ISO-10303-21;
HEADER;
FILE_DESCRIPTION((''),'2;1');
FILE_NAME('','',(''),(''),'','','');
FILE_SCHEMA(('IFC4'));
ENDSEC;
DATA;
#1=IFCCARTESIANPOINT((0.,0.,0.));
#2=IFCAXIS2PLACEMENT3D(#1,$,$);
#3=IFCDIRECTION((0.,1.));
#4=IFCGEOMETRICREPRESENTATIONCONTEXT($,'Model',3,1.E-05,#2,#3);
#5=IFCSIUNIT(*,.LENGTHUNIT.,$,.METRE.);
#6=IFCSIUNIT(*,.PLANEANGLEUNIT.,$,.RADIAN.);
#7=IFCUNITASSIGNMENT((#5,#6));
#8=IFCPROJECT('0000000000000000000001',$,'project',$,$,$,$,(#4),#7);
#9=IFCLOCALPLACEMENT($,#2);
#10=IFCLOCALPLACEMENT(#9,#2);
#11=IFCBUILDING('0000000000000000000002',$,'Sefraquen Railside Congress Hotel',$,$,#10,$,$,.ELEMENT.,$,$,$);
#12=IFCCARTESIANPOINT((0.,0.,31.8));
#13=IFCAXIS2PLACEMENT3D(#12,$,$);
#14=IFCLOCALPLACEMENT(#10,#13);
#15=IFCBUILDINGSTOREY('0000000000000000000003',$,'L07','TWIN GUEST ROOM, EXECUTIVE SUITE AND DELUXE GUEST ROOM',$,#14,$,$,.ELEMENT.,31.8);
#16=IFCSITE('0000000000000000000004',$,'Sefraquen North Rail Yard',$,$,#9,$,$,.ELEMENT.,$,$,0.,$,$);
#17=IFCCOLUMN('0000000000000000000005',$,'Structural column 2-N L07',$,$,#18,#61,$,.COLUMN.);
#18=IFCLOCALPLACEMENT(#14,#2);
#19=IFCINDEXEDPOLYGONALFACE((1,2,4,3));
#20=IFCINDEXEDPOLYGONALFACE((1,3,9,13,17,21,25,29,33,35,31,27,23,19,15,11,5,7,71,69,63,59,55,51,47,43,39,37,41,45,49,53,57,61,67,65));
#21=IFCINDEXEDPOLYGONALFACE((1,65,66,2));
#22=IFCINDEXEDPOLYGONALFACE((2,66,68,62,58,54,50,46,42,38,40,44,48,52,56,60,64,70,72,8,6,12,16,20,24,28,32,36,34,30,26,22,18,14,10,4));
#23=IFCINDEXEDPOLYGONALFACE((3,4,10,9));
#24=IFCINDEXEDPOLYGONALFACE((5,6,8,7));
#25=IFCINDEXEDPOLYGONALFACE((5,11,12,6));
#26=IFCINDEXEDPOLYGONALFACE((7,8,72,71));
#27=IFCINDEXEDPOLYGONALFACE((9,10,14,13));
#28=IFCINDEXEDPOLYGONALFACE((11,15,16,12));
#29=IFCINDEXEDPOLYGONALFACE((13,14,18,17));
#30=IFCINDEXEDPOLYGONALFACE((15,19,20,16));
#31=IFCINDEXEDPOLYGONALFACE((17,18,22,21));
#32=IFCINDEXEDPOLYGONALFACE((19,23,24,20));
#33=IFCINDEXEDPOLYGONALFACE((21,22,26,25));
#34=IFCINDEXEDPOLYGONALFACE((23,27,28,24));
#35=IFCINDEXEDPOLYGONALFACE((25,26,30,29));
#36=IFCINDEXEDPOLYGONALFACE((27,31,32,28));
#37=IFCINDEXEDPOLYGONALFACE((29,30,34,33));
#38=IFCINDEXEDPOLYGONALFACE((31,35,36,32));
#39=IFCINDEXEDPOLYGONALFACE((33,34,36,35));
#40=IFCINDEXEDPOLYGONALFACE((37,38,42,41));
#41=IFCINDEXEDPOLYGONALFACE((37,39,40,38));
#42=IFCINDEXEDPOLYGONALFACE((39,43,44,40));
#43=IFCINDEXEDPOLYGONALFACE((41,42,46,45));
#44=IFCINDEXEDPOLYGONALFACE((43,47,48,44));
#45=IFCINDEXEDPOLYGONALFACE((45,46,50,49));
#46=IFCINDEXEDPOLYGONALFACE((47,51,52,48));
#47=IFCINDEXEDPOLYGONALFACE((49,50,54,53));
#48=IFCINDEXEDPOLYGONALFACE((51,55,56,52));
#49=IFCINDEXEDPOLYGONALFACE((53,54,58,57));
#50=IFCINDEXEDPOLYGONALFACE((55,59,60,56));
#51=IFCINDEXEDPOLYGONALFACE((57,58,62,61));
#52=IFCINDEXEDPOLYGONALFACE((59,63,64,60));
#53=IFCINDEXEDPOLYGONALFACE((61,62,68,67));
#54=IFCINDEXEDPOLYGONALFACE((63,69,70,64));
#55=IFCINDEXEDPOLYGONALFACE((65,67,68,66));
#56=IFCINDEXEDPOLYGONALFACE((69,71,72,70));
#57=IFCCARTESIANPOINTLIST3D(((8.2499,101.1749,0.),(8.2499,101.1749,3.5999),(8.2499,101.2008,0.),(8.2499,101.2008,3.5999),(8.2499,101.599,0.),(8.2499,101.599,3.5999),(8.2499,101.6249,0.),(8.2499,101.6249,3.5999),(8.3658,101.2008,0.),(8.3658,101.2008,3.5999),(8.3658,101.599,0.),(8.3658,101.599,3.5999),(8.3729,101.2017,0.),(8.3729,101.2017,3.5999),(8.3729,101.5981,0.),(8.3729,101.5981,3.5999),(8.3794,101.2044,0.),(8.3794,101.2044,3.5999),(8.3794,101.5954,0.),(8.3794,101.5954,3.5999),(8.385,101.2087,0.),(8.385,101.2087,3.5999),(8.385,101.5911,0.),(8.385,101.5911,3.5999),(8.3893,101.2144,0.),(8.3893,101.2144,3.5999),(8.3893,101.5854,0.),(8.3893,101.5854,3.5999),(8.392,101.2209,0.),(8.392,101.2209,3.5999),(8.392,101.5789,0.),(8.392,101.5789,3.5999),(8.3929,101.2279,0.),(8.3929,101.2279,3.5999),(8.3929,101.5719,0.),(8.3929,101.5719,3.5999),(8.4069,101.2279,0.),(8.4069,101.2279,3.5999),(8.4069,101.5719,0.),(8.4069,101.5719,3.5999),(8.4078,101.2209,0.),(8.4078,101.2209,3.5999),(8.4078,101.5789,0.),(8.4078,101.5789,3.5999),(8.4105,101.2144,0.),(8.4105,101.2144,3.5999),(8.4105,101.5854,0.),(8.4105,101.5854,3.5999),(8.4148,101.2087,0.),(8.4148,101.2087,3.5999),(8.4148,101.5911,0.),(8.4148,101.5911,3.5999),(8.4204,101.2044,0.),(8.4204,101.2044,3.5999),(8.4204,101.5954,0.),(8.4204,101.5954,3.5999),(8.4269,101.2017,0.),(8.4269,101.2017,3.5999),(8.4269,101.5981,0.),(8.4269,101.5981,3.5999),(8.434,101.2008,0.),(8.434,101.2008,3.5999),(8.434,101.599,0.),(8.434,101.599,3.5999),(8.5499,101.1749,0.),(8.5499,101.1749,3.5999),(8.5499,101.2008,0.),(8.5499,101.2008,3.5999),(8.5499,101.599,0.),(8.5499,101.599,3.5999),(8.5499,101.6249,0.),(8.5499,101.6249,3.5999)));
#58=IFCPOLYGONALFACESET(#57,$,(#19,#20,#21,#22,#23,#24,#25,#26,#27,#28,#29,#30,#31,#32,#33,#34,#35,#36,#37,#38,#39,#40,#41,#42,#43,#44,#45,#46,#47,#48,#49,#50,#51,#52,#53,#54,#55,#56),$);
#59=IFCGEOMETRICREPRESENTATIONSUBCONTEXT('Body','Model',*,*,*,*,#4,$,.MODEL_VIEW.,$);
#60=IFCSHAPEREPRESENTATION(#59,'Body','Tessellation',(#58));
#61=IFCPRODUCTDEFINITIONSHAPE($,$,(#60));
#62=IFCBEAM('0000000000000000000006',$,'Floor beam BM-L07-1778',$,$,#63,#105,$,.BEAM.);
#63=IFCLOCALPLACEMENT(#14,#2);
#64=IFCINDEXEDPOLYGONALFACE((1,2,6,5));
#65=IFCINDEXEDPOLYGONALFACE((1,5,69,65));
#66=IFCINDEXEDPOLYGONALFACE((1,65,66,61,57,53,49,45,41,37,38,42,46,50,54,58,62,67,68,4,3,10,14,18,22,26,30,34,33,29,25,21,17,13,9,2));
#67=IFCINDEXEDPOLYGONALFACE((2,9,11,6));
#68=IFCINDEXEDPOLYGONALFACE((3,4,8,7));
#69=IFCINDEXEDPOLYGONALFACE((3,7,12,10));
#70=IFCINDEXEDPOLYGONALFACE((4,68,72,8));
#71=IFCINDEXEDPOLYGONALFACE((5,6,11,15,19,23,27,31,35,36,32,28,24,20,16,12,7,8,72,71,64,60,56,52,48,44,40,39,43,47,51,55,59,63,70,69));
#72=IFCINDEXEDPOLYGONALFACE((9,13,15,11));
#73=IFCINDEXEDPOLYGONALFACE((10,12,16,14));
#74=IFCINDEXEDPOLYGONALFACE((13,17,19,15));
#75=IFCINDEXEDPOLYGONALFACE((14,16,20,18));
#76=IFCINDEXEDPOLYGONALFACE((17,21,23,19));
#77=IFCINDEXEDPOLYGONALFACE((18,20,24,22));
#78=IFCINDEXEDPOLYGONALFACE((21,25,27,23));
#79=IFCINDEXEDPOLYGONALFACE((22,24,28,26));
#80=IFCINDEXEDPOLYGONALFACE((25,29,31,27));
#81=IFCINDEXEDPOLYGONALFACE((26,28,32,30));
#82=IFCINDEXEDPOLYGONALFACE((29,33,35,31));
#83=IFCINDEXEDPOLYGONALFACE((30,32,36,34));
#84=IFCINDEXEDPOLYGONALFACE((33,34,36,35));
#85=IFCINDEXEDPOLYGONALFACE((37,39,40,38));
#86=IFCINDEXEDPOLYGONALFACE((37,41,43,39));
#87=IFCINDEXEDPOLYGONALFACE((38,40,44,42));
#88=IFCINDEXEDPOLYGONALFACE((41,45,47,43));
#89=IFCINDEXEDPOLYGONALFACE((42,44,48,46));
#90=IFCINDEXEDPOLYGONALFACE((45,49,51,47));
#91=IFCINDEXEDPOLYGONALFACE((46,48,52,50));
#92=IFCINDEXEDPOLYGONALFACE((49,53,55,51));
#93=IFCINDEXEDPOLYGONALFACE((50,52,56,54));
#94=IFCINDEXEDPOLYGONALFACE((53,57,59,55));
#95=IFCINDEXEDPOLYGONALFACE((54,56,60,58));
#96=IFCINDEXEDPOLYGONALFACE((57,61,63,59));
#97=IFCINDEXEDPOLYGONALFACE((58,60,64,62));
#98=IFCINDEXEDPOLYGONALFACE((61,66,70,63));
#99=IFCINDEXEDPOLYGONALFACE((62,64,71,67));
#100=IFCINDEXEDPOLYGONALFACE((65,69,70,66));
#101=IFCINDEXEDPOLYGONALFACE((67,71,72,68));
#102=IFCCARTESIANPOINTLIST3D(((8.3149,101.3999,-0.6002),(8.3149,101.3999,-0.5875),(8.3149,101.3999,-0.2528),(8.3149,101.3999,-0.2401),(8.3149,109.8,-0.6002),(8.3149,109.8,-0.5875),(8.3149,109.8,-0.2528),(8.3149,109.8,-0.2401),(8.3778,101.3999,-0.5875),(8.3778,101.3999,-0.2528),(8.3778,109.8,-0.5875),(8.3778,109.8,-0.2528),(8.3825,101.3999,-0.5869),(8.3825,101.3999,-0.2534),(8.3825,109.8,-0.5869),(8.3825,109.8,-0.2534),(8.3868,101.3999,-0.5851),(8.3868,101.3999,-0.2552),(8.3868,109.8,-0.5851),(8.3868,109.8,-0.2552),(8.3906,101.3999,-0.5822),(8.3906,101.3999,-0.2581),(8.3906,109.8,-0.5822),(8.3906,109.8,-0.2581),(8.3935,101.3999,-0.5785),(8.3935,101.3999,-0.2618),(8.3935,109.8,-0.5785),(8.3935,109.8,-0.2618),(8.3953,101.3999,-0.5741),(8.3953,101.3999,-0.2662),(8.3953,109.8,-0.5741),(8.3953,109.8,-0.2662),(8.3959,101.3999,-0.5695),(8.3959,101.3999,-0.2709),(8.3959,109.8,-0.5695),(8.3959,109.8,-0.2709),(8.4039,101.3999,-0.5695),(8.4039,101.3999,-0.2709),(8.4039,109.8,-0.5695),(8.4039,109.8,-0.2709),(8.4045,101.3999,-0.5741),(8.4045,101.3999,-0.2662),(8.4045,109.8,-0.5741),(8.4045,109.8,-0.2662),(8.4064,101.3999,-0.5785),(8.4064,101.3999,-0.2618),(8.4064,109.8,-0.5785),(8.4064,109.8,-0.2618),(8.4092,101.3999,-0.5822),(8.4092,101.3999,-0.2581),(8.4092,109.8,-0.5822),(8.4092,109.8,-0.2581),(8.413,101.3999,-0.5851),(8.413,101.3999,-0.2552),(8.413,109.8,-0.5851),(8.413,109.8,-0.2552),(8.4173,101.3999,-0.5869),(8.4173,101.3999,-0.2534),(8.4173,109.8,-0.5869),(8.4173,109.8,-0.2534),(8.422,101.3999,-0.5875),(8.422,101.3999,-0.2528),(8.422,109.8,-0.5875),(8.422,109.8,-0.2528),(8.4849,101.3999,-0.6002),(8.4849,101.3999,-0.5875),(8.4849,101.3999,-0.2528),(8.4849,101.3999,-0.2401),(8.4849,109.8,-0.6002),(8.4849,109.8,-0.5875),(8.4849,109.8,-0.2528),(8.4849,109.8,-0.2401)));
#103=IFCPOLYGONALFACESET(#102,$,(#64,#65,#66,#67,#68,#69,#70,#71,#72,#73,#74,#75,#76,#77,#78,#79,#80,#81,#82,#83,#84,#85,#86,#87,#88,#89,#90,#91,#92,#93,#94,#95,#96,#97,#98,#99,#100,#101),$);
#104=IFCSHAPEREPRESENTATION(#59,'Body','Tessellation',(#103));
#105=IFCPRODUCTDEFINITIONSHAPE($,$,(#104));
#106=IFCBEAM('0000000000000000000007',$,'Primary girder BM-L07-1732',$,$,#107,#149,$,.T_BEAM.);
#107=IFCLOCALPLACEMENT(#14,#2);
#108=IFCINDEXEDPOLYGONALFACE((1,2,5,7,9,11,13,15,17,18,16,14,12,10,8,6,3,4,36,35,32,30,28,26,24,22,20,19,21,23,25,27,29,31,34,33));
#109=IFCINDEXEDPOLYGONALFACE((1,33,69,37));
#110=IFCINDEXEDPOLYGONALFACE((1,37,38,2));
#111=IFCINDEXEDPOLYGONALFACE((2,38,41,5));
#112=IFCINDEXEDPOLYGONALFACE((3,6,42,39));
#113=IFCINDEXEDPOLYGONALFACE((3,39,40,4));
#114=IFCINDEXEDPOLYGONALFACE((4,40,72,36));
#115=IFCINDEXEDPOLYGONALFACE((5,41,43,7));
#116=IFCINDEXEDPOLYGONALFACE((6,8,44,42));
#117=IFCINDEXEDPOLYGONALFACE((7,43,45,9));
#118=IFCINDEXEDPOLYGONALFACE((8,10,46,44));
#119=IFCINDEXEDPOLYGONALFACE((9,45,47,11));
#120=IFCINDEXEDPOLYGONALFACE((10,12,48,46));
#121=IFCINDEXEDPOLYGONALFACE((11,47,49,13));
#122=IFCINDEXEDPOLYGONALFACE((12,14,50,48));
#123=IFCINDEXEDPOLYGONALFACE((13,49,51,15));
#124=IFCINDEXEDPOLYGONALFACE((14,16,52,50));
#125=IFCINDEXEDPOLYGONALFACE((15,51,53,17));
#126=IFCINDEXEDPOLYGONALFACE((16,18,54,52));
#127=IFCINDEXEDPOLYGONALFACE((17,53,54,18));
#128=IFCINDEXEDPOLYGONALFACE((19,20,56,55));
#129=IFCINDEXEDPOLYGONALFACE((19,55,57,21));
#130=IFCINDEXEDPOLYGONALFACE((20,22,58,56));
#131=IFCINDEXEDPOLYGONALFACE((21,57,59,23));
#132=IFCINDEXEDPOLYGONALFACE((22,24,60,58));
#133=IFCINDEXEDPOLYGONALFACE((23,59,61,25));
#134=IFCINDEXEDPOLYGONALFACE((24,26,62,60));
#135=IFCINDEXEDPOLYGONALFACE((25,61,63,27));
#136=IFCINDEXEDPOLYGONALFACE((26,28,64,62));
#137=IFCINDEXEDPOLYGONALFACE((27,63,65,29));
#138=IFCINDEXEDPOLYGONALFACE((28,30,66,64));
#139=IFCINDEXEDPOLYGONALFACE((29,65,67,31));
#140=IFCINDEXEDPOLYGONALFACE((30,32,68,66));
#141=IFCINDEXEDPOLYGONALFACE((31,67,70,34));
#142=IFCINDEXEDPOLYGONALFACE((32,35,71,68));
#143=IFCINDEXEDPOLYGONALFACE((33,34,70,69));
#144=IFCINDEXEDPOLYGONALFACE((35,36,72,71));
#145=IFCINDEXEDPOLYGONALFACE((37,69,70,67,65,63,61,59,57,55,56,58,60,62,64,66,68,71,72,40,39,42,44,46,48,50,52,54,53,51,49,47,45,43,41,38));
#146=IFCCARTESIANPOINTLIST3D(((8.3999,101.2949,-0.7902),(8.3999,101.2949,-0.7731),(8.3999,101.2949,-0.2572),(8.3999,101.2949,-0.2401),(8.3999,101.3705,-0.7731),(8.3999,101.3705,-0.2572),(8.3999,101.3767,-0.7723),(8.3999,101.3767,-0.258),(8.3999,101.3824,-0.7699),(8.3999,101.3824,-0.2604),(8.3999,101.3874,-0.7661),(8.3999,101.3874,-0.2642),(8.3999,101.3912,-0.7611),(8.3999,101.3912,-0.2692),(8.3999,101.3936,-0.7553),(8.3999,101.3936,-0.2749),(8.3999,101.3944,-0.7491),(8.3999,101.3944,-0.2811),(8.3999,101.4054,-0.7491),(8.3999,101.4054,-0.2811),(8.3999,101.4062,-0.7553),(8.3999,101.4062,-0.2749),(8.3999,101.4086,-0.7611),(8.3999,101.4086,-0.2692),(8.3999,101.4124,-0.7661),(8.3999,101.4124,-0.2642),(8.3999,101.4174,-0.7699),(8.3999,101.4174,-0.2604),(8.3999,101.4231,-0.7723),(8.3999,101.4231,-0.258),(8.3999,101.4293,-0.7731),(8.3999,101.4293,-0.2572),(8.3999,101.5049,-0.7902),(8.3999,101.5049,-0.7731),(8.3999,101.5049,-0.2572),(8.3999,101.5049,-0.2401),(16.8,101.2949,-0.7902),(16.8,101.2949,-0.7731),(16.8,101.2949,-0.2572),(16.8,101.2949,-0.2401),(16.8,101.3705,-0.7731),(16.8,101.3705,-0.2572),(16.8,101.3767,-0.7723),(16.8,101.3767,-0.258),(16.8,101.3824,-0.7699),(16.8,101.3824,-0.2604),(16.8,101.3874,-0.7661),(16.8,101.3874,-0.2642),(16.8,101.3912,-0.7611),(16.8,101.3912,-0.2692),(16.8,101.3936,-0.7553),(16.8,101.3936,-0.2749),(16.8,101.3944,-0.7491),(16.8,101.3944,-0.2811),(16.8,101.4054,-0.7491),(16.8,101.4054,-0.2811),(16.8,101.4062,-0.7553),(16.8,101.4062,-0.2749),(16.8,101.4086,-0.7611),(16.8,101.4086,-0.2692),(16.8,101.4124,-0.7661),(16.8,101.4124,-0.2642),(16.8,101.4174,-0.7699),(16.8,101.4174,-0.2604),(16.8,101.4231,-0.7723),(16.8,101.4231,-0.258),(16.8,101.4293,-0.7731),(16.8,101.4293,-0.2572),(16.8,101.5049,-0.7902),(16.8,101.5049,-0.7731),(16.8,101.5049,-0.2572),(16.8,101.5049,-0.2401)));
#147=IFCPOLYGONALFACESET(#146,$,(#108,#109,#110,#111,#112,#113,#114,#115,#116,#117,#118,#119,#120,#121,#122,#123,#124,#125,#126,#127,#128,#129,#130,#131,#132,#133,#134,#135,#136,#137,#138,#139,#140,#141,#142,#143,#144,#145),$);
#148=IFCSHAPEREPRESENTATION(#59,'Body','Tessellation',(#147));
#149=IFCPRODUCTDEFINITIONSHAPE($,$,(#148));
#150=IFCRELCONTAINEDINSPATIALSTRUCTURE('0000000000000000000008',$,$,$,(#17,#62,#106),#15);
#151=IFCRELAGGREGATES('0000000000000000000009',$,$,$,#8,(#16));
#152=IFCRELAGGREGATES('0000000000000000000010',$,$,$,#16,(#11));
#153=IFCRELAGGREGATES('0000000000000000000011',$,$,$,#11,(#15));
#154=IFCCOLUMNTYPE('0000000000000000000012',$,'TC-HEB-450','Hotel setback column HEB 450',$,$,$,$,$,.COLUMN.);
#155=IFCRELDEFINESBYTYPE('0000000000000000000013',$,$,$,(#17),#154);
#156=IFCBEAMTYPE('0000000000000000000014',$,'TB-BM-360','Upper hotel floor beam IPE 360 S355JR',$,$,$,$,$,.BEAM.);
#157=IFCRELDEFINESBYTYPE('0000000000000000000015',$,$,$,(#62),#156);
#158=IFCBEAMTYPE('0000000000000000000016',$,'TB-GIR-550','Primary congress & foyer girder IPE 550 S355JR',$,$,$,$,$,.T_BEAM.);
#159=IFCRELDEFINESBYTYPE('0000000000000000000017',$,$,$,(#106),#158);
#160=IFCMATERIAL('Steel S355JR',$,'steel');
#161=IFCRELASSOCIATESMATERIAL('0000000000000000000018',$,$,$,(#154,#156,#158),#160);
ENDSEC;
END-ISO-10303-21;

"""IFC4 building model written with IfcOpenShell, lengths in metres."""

from ifc_helpers import new_model, si_unit, direction, frame, origin, origin_2d, place, context, subcontext, project, spatial, i_section, extrude, material, material_profile, profile_set, type_object, element, save


model = new_model("IFC4")

# Units and contexts
model_context = context("Model", 3, precision=1e-05, world=origin(), true_north=direction((0.0, 1.0)))
body_context = subcontext(model_context, "Body", "Model", "MODEL_VIEW")
ifc_project = project(units=[si_unit("LENGTHUNIT", "METRE"), si_unit("PLANEANGLEUNIT", "RADIAN")], contexts=[model_context])

# Site, building, storey
site_placement = place(None, origin())
site = spatial("IfcSite", under=ifc_project, at=site_placement, Name="Sefraquen North Rail Yard", CompositionType="ELEMENT", RefElevation=0.0)
building_placement = place(site_placement, origin())
building = spatial("IfcBuilding", under=site, at=building_placement, Name="Sefraquen Railside Congress Hotel", CompositionType="ELEMENT")
storey_placement = place(building_placement, frame((0.0, 0.0, 31.8)))
storey = spatial("IfcBuildingStorey", under=building, at=storey_placement, Name="L07", Description="TWIN GUEST ROOM, EXECUTIVE SUITE AND DELUXE GUEST ROOM", CompositionType="ELEMENT", Elevation=31.8)

# Column
ifc_material_1 = material(Name="Steel S355JR", Category="steel")
ifc_material_profile_1 = material_profile(ifc_material_1, i_section(OverallWidth=0.3, OverallDepth=0.45, WebThickness=0.0139, FlangeThickness=0.0259, FilletRadius=0.0271, at=origin_2d()), Name="HEB 450")
ifc_profile_set_1 = profile_set([ifc_material_profile_1], Name="Steel S355JR")
column_type = type_object("IfcColumnType", Name="TC-HEB-450", Description="Hotel setback column HEB 450", PredefinedType="COLUMN", material=ifc_profile_set_1)
column_placement = place(storey_placement, frame((8.3999, 101.3999, 0.0), z_axis=(0.0, 0.0, 1.0), x_axis=(1.0, 0.0, 0.0)))
element("IfcColumn", 1, at=column_placement, inside=storey, type_object=column_type, Name="Structural column 2-N L07", PredefinedType="COLUMN", context=body_context, shape_type="SweptSolid", body=[
    extrude(i_section(OverallWidth=0.3, OverallDepth=0.45, WebThickness=0.0139, FlangeThickness=0.0259, FilletRadius=0.0271, at=origin_2d()), origin(), (0.0, 0.0, 1.0), 3.5999),
])

# Beams
ifc_material_profile_2 = material_profile(ifc_material_1, i_section(OverallWidth=0.1699, OverallDepth=0.3601, WebThickness=0.0081, FlangeThickness=0.0127, FilletRadius=0.0181, at=origin_2d()), Name="IPE 360")
ifc_profile_set_2 = profile_set([ifc_material_profile_2], Name="Steel S355JR")
beam_type_1 = type_object("IfcBeamType", Name="TB-BM-360", Description="Upper hotel floor beam IPE 360 S355JR", PredefinedType="BEAM", material=ifc_profile_set_2)
beam_1_placement = place(storey_placement, frame((8.3999, 101.3999, -0.4202), z_axis=(0.0, 1.0, 0.0), x_axis=(-1.0, 0.0, 0.0)))
element("IfcBeam", 2, at=beam_1_placement, inside=storey, type_object=beam_type_1, Name="Floor beam BM-L07-1778", PredefinedType="BEAM", context=body_context, shape_type="SweptSolid", body=[
    extrude(i_section(OverallWidth=0.1699, OverallDepth=0.3601, WebThickness=0.0081, FlangeThickness=0.0127, FilletRadius=0.0181, at=origin_2d()), origin(), (0.0, 0.0, 1.0), 8.4001),
])
ifc_material_profile_3 = material_profile(ifc_material_1, i_section(OverallWidth=0.21, OverallDepth=0.55, WebThickness=0.011, FlangeThickness=0.0171, FilletRadius=0.0239, at=origin_2d()), Name="IPE 550")
ifc_profile_set_3 = profile_set([ifc_material_profile_3], Name="Steel S355JR")
beam_type_2 = type_object("IfcBeamType", Name="TB-GIR-550", Description="Primary congress & foyer girder IPE 550 S355JR", PredefinedType="T_BEAM", material=ifc_profile_set_3)
beam_2_placement = place(storey_placement, frame((8.3999, 101.3999, -0.5151), z_axis=(1.0, 0.0, 0.0), x_axis=(0.0, 1.0, 0.0)))
element("IfcBeam", 3, at=beam_2_placement, inside=storey, type_object=beam_type_2, Name="Primary girder BM-L07-1732", PredefinedType="T_BEAM", context=body_context, shape_type="SweptSolid", body=[
    extrude(i_section(OverallWidth=0.21, OverallDepth=0.55, WebThickness=0.011, FlangeThickness=0.0171, FilletRadius=0.0239, at=origin_2d()), origin(), (0.0, 0.0, 1.0), 8.4001),
])

save(model, "model.ifc")
